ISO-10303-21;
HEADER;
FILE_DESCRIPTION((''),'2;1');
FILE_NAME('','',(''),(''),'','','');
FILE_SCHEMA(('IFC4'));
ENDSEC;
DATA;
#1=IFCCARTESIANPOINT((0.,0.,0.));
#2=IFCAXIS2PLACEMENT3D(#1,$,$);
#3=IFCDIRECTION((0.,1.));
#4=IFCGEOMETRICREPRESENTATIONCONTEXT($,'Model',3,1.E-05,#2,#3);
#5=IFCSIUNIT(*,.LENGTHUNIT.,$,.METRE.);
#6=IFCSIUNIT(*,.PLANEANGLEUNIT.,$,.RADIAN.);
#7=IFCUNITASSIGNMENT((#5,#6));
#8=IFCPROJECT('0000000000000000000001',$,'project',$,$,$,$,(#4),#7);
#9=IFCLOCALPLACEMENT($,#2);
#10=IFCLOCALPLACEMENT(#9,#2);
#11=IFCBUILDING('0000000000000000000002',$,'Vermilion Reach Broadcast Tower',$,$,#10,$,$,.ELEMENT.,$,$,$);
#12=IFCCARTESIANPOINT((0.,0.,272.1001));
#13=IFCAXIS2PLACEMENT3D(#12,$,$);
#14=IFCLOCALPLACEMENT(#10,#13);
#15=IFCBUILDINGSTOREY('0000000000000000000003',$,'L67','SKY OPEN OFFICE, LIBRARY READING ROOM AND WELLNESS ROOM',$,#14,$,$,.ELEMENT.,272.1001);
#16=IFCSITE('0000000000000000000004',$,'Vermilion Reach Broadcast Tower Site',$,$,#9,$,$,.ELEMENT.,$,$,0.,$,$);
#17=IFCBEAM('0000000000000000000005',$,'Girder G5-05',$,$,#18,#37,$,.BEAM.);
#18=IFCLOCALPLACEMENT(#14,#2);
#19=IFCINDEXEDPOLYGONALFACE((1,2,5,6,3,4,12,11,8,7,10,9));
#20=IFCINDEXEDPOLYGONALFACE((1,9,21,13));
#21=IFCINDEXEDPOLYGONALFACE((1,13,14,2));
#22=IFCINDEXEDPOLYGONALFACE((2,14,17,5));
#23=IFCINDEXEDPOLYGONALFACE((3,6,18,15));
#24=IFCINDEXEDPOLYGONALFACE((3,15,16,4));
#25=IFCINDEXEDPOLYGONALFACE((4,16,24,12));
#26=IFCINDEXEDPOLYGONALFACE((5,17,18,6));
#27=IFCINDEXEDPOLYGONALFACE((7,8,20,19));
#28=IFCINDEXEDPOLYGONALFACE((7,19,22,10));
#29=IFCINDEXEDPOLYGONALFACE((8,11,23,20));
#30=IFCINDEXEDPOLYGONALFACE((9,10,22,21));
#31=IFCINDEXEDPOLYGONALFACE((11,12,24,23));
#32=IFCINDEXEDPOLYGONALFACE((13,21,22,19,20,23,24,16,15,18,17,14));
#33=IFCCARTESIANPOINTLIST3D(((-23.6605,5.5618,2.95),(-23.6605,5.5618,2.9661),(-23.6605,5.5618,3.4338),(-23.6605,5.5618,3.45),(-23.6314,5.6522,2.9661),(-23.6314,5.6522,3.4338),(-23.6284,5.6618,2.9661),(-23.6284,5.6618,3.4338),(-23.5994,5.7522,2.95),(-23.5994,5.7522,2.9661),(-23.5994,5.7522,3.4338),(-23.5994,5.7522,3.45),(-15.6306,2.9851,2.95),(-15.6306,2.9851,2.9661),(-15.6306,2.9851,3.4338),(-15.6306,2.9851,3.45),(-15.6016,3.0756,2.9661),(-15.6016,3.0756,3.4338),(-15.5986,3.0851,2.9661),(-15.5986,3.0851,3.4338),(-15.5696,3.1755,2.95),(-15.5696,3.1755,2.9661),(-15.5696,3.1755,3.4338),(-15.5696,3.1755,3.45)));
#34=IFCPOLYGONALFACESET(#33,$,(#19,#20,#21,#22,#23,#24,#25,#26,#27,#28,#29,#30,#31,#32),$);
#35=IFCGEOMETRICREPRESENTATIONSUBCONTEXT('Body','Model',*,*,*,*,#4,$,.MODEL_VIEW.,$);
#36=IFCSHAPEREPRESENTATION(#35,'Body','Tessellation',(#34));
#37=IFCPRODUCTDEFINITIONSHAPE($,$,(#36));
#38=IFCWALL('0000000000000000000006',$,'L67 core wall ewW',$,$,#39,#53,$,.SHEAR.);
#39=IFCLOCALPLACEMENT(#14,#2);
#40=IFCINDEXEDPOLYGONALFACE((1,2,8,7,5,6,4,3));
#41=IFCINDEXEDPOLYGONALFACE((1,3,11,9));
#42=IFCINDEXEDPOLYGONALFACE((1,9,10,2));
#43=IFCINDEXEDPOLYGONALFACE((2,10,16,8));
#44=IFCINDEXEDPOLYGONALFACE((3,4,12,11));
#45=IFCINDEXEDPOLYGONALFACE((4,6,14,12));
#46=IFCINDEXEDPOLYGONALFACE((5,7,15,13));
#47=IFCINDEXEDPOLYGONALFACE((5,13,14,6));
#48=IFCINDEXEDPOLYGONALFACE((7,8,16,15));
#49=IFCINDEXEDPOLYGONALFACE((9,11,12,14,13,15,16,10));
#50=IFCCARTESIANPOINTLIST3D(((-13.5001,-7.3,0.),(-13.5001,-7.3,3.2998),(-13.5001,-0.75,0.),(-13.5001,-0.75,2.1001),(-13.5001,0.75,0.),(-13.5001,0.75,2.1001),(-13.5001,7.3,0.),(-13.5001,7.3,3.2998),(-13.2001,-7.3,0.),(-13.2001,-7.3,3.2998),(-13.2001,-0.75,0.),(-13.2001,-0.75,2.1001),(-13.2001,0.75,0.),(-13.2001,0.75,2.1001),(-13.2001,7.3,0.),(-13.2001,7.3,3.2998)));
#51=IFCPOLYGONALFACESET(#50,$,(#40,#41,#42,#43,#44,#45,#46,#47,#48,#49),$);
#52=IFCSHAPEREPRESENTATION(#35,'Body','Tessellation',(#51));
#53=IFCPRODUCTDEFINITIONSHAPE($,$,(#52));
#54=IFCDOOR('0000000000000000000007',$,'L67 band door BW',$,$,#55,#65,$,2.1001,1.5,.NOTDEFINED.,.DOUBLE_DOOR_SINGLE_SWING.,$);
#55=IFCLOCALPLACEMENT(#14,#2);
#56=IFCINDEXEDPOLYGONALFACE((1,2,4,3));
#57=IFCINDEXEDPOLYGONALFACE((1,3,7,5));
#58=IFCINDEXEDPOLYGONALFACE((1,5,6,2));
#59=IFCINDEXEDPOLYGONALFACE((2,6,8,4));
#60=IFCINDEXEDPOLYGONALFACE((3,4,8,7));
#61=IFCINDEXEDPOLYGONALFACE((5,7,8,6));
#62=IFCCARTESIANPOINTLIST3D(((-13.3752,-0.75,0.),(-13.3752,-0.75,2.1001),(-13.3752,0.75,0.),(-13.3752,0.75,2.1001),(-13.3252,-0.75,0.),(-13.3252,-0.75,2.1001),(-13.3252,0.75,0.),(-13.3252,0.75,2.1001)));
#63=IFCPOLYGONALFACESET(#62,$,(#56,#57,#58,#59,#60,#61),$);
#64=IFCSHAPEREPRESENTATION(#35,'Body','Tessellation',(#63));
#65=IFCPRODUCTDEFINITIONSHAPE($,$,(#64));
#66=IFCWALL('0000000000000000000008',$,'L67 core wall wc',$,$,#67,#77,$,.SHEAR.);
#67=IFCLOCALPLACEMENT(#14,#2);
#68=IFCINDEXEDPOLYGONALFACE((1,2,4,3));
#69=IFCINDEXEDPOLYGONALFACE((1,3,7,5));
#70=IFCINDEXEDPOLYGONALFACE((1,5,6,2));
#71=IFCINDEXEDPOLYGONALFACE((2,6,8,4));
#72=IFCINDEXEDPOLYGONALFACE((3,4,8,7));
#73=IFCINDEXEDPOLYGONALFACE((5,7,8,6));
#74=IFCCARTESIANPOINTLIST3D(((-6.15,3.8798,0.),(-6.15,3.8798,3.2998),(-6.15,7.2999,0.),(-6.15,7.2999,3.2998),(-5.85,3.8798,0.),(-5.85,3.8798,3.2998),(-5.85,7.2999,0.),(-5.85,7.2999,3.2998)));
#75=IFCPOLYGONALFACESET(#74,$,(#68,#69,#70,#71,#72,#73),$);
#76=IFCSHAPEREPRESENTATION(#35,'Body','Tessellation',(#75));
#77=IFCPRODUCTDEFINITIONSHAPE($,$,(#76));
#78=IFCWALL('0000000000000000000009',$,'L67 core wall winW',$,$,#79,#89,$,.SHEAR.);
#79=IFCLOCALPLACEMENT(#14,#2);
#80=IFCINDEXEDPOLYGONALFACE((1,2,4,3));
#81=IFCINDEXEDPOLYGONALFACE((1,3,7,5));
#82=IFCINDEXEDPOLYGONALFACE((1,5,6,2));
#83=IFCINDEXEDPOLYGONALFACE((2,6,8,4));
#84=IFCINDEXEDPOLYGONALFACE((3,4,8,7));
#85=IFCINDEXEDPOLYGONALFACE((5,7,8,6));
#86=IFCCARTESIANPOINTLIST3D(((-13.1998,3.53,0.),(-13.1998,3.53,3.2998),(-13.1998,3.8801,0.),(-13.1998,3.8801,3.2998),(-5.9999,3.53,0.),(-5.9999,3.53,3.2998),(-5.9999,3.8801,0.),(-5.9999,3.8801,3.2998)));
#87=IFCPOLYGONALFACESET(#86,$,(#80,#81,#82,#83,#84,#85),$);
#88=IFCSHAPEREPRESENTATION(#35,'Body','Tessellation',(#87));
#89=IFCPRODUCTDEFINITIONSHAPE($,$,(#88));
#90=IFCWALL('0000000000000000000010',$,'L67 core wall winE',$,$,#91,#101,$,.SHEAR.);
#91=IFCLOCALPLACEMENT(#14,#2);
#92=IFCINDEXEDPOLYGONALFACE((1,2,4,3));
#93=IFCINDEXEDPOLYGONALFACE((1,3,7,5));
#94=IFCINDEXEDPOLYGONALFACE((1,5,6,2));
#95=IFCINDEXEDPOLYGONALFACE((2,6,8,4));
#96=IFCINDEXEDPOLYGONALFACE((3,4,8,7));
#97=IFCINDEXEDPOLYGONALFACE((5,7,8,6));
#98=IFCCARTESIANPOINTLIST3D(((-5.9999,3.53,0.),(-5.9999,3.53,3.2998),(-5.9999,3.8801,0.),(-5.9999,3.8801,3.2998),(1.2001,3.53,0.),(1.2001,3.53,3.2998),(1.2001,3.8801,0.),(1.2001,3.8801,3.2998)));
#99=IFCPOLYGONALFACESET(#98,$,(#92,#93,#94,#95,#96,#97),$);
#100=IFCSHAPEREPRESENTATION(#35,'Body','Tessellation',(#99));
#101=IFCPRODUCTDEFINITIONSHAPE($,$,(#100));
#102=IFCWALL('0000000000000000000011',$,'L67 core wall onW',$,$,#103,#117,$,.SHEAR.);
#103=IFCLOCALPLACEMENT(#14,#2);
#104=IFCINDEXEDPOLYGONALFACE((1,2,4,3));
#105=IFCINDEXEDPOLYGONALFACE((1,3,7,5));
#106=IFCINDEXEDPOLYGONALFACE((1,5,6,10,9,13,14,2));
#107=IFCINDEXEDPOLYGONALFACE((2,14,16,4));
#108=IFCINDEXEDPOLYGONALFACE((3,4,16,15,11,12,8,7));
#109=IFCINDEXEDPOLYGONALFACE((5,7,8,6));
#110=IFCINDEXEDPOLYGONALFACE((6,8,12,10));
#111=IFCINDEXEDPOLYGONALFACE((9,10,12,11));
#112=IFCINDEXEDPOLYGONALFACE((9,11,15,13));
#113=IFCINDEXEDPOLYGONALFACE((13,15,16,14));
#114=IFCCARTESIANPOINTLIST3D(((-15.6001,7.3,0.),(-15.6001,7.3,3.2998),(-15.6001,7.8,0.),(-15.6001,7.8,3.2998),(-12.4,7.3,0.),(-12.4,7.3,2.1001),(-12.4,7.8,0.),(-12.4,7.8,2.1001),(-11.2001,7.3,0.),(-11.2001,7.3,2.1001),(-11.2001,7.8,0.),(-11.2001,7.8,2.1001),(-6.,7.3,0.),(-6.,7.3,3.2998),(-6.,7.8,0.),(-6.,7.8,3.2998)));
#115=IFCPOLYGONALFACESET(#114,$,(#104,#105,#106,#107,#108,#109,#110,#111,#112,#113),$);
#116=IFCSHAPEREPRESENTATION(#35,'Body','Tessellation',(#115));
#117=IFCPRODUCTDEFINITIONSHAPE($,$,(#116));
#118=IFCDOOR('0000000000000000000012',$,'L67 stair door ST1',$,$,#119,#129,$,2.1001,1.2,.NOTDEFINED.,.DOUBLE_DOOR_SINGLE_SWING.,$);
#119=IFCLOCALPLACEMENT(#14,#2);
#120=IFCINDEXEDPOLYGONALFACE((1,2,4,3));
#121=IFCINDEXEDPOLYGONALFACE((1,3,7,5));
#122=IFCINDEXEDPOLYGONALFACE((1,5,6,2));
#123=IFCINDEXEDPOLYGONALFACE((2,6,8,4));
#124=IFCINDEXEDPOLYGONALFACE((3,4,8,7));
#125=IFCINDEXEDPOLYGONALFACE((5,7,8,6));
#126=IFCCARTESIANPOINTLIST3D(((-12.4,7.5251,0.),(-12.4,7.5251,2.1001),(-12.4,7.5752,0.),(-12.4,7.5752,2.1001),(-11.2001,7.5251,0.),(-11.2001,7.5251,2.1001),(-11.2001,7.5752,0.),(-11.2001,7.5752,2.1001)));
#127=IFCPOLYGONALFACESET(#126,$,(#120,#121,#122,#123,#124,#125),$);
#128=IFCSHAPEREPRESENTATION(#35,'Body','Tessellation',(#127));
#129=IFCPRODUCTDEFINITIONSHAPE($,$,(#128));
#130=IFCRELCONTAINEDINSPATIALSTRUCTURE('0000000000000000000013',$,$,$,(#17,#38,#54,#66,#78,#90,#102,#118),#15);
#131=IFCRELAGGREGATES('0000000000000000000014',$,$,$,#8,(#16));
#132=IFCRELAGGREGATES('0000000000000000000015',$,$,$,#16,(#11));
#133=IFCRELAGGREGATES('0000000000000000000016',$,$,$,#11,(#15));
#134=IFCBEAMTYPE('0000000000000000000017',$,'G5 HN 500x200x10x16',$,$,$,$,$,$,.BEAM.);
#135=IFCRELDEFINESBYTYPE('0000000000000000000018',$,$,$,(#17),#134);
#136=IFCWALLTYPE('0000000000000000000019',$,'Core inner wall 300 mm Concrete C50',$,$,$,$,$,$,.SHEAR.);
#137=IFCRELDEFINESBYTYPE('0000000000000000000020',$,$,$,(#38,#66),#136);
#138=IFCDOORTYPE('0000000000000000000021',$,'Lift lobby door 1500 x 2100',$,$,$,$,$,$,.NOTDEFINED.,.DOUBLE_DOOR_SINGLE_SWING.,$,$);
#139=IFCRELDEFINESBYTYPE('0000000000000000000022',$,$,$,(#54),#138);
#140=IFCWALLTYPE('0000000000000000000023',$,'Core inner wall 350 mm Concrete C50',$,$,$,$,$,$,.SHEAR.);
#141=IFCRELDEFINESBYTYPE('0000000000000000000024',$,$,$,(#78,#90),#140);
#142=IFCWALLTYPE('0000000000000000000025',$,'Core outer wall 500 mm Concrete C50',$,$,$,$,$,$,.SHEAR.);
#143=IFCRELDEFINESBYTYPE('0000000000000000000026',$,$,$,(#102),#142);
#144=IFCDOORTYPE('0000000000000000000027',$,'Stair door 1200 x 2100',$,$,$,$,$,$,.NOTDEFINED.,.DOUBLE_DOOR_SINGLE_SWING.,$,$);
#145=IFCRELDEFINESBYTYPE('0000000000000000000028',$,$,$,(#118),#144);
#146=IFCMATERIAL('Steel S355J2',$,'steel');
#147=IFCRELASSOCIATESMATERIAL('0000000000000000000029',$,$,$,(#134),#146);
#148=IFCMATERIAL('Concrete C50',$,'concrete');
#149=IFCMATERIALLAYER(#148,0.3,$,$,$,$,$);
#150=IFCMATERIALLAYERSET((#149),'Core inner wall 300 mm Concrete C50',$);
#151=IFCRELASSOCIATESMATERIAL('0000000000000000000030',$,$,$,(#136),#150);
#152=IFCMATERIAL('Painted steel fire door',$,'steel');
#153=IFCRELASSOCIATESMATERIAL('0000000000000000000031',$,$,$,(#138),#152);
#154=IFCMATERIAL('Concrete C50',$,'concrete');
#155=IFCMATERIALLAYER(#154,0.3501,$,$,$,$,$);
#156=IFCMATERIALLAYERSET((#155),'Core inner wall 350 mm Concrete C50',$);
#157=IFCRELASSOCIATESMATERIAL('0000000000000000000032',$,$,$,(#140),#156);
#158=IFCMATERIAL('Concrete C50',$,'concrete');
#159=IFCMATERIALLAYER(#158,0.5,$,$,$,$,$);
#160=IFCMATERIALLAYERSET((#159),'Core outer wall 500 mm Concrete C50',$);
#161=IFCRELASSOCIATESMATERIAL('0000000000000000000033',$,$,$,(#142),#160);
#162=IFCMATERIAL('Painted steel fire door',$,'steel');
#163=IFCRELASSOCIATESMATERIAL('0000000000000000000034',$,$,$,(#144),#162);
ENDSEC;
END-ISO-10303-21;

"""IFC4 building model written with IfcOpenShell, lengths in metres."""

from ifc_helpers import new_model, si_unit, direction, frame, frame_2d, origin, origin_2d, place, context, subcontext, project, spatial, rectangle, i_section, extrude, material, layer, layer_set, material_profile, profile_set, type_object, element, fill, save


model = new_model("IFC4")

# Units and contexts
model_context = context("Model", 3, precision=1e-05, world=origin(), true_north=direction((0.0, 1.0)))
body_context = subcontext(model_context, "Body", "Model", "MODEL_VIEW")
ifc_project = project(units=[si_unit("LENGTHUNIT", "METRE"), si_unit("PLANEANGLEUNIT", "RADIAN")], contexts=[model_context])

# Site, building, storey
site_placement = place(None, origin())
site = spatial("IfcSite", under=ifc_project, at=site_placement, Name="Vermilion Reach Broadcast Tower Site", CompositionType="ELEMENT", RefElevation=0.0)
building_placement = place(site_placement, origin())
building = spatial("IfcBuilding", under=site, at=building_placement, Name="Vermilion Reach Broadcast Tower", CompositionType="ELEMENT")
storey_placement = place(building_placement, frame((0.0, 0.0, 272.1001)))
storey = spatial("IfcBuildingStorey", under=building, at=storey_placement, Name="L67", Description="SKY OPEN OFFICE, LIBRARY READING ROOM AND WELLNESS ROOM", CompositionType="ELEMENT", Elevation=272.1001)

# Beam
ifc_material_1 = material(Name="Steel S355J2", Category="steel")
ifc_material_profile = material_profile(ifc_material_1, i_section(OverallWidth=0.2, OverallDepth=0.5, WebThickness=0.01, FlangeThickness=0.0161, at=origin_2d()), Name="S355J2 HN 500x200x10x16")
ifc_profile_set = profile_set([ifc_material_profile], Name="Steel S355J2")
beam_type = type_object("IfcBeamType", Name="G5 HN 500x200x10x16", PredefinedType="BEAM", material=ifc_profile_set)
beam_placement = place(storey_placement, frame((-15.6001, 3.0803, 3.2), z_axis=(-0.952178, 0.305542, 0.0), x_axis=(-0.305542, -0.952178, 0.0)))
element("IfcBeam", 1, at=beam_placement, inside=storey, type_object=beam_type, Name="Girder G5-05", PredefinedType="BEAM", context=body_context, shape_type="SweptSolid", body=[
    extrude(i_section(OverallWidth=0.2, OverallDepth=0.5, WebThickness=0.01, FlangeThickness=0.0161, at=origin_2d()), origin(), (0.0, 0.0, 1.0), 8.4331),
])

# Wall, opening, door
ifc_material_2 = material(Name="Concrete C50", Category="concrete")
ifc_layer_1 = layer(ifc_material_2, 0.3)
ifc_layer_set_1 = layer_set([ifc_layer_1], Name="Core inner wall 300 mm Concrete C50")
wall_type_1 = type_object("IfcWallType", Name="Core inner wall 300 mm Concrete C50", PredefinedType="SHEAR", material=ifc_layer_set_1)
wall_1_placement = place(storey_placement, frame((-13.3501, 7.3, 0.0), z_axis=(0.0, 0.0, 1.0), x_axis=(0.0, -1.0, 0.0)))
wall_1 = element("IfcWall", 2, at=wall_1_placement, inside=storey, type_object=wall_type_1, Name="L67 core wall ewW", PredefinedType="SHEAR", context=body_context, shape_type="SweptSolid", body=[
    extrude(rectangle(XDim=14.6001, YDim=0.3, at=frame_2d((7.3, 0.0))), origin(), (0.0, 0.0, 1.0), 3.2998),
])
opening_1_placement = place(wall_1_placement, frame((6.55, 0.0, 0.0)))
opening_1 = element("IfcOpeningElement", 3, at=opening_1_placement, cuts=wall_1, PredefinedType="OPENING", context=body_context, shape_type="SweptSolid", body=[
    extrude(rectangle(XDim=1.5, YDim=2.1001, at=frame_2d((0.75, 1.05))), frame((0.0, 0.1599, 0.0), z_axis=(0.0, -1.0, 0.0), x_axis=(1.0, 0.0, 0.0)), (0.0, 0.0, 1.0), 0.3201),
])
ifc_material_3 = material(Name="Painted steel fire door", Category="steel")
door_type_1 = type_object("IfcDoorType", Name="Lift lobby door 1500 x 2100", OperationType="DOUBLE_DOOR_SINGLE_SWING", PredefinedType="NOTDEFINED", material=ifc_material_3)
door_1_placement = place(opening_1_placement, origin())
door_1 = element("IfcDoor", 4, at=door_1_placement, inside=storey, type_object=door_type_1, Name="L67 band door BW", OperationType="DOUBLE_DOOR_SINGLE_SWING", OverallHeight=2.1001, OverallWidth=1.5, PredefinedType="NOTDEFINED", context=body_context, shape_type="SweptSolid", body=[
    extrude(rectangle(XDim=1.5, YDim=2.1001, at=frame_2d((0.75, 1.05))), frame((0.0, 0.0249, 0.0), z_axis=(0.0, -1.0, 0.0), x_axis=(1.0, 0.0, 0.0)), (0.0, 0.0, 1.0), 0.05),
])
fill(opening_1, door_1)

# Walls
wall_2_placement = place(storey_placement, frame((-6.0, 3.8799, 0.0), z_axis=(0.0, 0.0, 1.0), x_axis=(0.0, 1.0, 0.0)))
element("IfcWall", 5, at=wall_2_placement, inside=storey, type_object=wall_type_1, Name="L67 core wall wc", PredefinedType="SHEAR", context=body_context, shape_type="SweptSolid", body=[
    extrude(rectangle(XDim=3.4202, YDim=0.3, at=frame_2d((1.71, 0.0))), origin(), (0.0, 0.0, 1.0), 3.2998),
])
ifc_material_4 = material(Name="Concrete C50", Category="concrete")
ifc_layer_2 = layer(ifc_material_4, 0.3501)
ifc_layer_set_2 = layer_set([ifc_layer_2], Name="Core inner wall 350 mm Concrete C50")
wall_type_2 = type_object("IfcWallType", Name="Core inner wall 350 mm Concrete C50", PredefinedType="SHEAR", material=ifc_layer_set_2)
for number, where, z_axis, x_axis, name in (
    (6, (-13.2, 3.7051, 0.0), (0.0, 0.0, 1.0), (1.0, 0.0, 0.0), "L67 core wall winW"),
    (7, (-6.0, 3.7051, 0.0), (0.0, 0.0, 1.0), (1.0, 0.0, 0.0), "L67 core wall winE"),
):
    element("IfcWall", number, at=place(storey_placement, frame(where, z_axis=z_axis, x_axis=x_axis)), inside=storey, type_object=wall_type_2, Name=name, PredefinedType="SHEAR", context=body_context, shape_type="SweptSolid", body=[
        extrude(rectangle(XDim=7.2, YDim=0.3501, at=frame_2d((3.6001, 0.0))), origin(), (0.0, 0.0, 1.0), 3.2998),
    ])

# Wall, opening, door
ifc_material_5 = material(Name="Concrete C50", Category="concrete")
ifc_layer_3 = layer(ifc_material_5, 0.5)
ifc_layer_set_3 = layer_set([ifc_layer_3], Name="Core outer wall 500 mm Concrete C50")
wall_type_3 = type_object("IfcWallType", Name="Core outer wall 500 mm Concrete C50", PredefinedType="SHEAR", material=ifc_layer_set_3)
wall_3_placement = place(storey_placement, frame((-6.0, 7.55, 0.0), z_axis=(0.0, 0.0, 1.0), x_axis=(-1.0, 0.0, 0.0)))
wall_3 = element("IfcWall", 8, at=wall_3_placement, inside=storey, type_object=wall_type_3, Name="L67 core wall onW", PredefinedType="SHEAR", context=body_context, shape_type="SweptSolid", body=[
    extrude(rectangle(XDim=9.6001, YDim=0.5, at=frame_2d((4.8, 0.0))), origin(), (0.0, 0.0, 1.0), 3.2998),
])
opening_2_placement = place(wall_3_placement, frame((5.2, 0.0, 0.0)))
opening_2 = element("IfcOpeningElement", 9, at=opening_2_placement, cuts=wall_3, PredefinedType="OPENING", context=body_context, shape_type="SweptSolid", body=[
    extrude(rectangle(XDim=1.2, YDim=2.1001, at=frame_2d((0.6001, 1.05))), frame((0.0, 0.26, 0.0), z_axis=(0.0, -1.0, 0.0), x_axis=(1.0, 0.0, 0.0)), (0.0, 0.0, 1.0), 0.52),
])
ifc_material_6 = material(Name="Painted steel fire door", Category="steel")
door_type_2 = type_object("IfcDoorType", Name="Stair door 1200 x 2100", OperationType="DOUBLE_DOOR_SINGLE_SWING", PredefinedType="NOTDEFINED", material=ifc_material_6)
door_2_placement = place(opening_2_placement, origin())
door_2 = element("IfcDoor", 10, at=door_2_placement, inside=storey, type_object=door_type_2, Name="L67 stair door ST1", OperationType="DOUBLE_DOOR_SINGLE_SWING", OverallHeight=2.1001, OverallWidth=1.2, PredefinedType="NOTDEFINED", context=body_context, shape_type="SweptSolid", body=[
    extrude(rectangle(XDim=1.2, YDim=2.1001, at=frame_2d((0.6001, 1.05))), frame((0.0, 0.0249, 0.0), z_axis=(0.0, -1.0, 0.0), x_axis=(1.0, 0.0, 0.0)), (0.0, 0.0, 1.0), 0.05),
])
fill(opening_2, door_2)

save(model, "model.ifc")
